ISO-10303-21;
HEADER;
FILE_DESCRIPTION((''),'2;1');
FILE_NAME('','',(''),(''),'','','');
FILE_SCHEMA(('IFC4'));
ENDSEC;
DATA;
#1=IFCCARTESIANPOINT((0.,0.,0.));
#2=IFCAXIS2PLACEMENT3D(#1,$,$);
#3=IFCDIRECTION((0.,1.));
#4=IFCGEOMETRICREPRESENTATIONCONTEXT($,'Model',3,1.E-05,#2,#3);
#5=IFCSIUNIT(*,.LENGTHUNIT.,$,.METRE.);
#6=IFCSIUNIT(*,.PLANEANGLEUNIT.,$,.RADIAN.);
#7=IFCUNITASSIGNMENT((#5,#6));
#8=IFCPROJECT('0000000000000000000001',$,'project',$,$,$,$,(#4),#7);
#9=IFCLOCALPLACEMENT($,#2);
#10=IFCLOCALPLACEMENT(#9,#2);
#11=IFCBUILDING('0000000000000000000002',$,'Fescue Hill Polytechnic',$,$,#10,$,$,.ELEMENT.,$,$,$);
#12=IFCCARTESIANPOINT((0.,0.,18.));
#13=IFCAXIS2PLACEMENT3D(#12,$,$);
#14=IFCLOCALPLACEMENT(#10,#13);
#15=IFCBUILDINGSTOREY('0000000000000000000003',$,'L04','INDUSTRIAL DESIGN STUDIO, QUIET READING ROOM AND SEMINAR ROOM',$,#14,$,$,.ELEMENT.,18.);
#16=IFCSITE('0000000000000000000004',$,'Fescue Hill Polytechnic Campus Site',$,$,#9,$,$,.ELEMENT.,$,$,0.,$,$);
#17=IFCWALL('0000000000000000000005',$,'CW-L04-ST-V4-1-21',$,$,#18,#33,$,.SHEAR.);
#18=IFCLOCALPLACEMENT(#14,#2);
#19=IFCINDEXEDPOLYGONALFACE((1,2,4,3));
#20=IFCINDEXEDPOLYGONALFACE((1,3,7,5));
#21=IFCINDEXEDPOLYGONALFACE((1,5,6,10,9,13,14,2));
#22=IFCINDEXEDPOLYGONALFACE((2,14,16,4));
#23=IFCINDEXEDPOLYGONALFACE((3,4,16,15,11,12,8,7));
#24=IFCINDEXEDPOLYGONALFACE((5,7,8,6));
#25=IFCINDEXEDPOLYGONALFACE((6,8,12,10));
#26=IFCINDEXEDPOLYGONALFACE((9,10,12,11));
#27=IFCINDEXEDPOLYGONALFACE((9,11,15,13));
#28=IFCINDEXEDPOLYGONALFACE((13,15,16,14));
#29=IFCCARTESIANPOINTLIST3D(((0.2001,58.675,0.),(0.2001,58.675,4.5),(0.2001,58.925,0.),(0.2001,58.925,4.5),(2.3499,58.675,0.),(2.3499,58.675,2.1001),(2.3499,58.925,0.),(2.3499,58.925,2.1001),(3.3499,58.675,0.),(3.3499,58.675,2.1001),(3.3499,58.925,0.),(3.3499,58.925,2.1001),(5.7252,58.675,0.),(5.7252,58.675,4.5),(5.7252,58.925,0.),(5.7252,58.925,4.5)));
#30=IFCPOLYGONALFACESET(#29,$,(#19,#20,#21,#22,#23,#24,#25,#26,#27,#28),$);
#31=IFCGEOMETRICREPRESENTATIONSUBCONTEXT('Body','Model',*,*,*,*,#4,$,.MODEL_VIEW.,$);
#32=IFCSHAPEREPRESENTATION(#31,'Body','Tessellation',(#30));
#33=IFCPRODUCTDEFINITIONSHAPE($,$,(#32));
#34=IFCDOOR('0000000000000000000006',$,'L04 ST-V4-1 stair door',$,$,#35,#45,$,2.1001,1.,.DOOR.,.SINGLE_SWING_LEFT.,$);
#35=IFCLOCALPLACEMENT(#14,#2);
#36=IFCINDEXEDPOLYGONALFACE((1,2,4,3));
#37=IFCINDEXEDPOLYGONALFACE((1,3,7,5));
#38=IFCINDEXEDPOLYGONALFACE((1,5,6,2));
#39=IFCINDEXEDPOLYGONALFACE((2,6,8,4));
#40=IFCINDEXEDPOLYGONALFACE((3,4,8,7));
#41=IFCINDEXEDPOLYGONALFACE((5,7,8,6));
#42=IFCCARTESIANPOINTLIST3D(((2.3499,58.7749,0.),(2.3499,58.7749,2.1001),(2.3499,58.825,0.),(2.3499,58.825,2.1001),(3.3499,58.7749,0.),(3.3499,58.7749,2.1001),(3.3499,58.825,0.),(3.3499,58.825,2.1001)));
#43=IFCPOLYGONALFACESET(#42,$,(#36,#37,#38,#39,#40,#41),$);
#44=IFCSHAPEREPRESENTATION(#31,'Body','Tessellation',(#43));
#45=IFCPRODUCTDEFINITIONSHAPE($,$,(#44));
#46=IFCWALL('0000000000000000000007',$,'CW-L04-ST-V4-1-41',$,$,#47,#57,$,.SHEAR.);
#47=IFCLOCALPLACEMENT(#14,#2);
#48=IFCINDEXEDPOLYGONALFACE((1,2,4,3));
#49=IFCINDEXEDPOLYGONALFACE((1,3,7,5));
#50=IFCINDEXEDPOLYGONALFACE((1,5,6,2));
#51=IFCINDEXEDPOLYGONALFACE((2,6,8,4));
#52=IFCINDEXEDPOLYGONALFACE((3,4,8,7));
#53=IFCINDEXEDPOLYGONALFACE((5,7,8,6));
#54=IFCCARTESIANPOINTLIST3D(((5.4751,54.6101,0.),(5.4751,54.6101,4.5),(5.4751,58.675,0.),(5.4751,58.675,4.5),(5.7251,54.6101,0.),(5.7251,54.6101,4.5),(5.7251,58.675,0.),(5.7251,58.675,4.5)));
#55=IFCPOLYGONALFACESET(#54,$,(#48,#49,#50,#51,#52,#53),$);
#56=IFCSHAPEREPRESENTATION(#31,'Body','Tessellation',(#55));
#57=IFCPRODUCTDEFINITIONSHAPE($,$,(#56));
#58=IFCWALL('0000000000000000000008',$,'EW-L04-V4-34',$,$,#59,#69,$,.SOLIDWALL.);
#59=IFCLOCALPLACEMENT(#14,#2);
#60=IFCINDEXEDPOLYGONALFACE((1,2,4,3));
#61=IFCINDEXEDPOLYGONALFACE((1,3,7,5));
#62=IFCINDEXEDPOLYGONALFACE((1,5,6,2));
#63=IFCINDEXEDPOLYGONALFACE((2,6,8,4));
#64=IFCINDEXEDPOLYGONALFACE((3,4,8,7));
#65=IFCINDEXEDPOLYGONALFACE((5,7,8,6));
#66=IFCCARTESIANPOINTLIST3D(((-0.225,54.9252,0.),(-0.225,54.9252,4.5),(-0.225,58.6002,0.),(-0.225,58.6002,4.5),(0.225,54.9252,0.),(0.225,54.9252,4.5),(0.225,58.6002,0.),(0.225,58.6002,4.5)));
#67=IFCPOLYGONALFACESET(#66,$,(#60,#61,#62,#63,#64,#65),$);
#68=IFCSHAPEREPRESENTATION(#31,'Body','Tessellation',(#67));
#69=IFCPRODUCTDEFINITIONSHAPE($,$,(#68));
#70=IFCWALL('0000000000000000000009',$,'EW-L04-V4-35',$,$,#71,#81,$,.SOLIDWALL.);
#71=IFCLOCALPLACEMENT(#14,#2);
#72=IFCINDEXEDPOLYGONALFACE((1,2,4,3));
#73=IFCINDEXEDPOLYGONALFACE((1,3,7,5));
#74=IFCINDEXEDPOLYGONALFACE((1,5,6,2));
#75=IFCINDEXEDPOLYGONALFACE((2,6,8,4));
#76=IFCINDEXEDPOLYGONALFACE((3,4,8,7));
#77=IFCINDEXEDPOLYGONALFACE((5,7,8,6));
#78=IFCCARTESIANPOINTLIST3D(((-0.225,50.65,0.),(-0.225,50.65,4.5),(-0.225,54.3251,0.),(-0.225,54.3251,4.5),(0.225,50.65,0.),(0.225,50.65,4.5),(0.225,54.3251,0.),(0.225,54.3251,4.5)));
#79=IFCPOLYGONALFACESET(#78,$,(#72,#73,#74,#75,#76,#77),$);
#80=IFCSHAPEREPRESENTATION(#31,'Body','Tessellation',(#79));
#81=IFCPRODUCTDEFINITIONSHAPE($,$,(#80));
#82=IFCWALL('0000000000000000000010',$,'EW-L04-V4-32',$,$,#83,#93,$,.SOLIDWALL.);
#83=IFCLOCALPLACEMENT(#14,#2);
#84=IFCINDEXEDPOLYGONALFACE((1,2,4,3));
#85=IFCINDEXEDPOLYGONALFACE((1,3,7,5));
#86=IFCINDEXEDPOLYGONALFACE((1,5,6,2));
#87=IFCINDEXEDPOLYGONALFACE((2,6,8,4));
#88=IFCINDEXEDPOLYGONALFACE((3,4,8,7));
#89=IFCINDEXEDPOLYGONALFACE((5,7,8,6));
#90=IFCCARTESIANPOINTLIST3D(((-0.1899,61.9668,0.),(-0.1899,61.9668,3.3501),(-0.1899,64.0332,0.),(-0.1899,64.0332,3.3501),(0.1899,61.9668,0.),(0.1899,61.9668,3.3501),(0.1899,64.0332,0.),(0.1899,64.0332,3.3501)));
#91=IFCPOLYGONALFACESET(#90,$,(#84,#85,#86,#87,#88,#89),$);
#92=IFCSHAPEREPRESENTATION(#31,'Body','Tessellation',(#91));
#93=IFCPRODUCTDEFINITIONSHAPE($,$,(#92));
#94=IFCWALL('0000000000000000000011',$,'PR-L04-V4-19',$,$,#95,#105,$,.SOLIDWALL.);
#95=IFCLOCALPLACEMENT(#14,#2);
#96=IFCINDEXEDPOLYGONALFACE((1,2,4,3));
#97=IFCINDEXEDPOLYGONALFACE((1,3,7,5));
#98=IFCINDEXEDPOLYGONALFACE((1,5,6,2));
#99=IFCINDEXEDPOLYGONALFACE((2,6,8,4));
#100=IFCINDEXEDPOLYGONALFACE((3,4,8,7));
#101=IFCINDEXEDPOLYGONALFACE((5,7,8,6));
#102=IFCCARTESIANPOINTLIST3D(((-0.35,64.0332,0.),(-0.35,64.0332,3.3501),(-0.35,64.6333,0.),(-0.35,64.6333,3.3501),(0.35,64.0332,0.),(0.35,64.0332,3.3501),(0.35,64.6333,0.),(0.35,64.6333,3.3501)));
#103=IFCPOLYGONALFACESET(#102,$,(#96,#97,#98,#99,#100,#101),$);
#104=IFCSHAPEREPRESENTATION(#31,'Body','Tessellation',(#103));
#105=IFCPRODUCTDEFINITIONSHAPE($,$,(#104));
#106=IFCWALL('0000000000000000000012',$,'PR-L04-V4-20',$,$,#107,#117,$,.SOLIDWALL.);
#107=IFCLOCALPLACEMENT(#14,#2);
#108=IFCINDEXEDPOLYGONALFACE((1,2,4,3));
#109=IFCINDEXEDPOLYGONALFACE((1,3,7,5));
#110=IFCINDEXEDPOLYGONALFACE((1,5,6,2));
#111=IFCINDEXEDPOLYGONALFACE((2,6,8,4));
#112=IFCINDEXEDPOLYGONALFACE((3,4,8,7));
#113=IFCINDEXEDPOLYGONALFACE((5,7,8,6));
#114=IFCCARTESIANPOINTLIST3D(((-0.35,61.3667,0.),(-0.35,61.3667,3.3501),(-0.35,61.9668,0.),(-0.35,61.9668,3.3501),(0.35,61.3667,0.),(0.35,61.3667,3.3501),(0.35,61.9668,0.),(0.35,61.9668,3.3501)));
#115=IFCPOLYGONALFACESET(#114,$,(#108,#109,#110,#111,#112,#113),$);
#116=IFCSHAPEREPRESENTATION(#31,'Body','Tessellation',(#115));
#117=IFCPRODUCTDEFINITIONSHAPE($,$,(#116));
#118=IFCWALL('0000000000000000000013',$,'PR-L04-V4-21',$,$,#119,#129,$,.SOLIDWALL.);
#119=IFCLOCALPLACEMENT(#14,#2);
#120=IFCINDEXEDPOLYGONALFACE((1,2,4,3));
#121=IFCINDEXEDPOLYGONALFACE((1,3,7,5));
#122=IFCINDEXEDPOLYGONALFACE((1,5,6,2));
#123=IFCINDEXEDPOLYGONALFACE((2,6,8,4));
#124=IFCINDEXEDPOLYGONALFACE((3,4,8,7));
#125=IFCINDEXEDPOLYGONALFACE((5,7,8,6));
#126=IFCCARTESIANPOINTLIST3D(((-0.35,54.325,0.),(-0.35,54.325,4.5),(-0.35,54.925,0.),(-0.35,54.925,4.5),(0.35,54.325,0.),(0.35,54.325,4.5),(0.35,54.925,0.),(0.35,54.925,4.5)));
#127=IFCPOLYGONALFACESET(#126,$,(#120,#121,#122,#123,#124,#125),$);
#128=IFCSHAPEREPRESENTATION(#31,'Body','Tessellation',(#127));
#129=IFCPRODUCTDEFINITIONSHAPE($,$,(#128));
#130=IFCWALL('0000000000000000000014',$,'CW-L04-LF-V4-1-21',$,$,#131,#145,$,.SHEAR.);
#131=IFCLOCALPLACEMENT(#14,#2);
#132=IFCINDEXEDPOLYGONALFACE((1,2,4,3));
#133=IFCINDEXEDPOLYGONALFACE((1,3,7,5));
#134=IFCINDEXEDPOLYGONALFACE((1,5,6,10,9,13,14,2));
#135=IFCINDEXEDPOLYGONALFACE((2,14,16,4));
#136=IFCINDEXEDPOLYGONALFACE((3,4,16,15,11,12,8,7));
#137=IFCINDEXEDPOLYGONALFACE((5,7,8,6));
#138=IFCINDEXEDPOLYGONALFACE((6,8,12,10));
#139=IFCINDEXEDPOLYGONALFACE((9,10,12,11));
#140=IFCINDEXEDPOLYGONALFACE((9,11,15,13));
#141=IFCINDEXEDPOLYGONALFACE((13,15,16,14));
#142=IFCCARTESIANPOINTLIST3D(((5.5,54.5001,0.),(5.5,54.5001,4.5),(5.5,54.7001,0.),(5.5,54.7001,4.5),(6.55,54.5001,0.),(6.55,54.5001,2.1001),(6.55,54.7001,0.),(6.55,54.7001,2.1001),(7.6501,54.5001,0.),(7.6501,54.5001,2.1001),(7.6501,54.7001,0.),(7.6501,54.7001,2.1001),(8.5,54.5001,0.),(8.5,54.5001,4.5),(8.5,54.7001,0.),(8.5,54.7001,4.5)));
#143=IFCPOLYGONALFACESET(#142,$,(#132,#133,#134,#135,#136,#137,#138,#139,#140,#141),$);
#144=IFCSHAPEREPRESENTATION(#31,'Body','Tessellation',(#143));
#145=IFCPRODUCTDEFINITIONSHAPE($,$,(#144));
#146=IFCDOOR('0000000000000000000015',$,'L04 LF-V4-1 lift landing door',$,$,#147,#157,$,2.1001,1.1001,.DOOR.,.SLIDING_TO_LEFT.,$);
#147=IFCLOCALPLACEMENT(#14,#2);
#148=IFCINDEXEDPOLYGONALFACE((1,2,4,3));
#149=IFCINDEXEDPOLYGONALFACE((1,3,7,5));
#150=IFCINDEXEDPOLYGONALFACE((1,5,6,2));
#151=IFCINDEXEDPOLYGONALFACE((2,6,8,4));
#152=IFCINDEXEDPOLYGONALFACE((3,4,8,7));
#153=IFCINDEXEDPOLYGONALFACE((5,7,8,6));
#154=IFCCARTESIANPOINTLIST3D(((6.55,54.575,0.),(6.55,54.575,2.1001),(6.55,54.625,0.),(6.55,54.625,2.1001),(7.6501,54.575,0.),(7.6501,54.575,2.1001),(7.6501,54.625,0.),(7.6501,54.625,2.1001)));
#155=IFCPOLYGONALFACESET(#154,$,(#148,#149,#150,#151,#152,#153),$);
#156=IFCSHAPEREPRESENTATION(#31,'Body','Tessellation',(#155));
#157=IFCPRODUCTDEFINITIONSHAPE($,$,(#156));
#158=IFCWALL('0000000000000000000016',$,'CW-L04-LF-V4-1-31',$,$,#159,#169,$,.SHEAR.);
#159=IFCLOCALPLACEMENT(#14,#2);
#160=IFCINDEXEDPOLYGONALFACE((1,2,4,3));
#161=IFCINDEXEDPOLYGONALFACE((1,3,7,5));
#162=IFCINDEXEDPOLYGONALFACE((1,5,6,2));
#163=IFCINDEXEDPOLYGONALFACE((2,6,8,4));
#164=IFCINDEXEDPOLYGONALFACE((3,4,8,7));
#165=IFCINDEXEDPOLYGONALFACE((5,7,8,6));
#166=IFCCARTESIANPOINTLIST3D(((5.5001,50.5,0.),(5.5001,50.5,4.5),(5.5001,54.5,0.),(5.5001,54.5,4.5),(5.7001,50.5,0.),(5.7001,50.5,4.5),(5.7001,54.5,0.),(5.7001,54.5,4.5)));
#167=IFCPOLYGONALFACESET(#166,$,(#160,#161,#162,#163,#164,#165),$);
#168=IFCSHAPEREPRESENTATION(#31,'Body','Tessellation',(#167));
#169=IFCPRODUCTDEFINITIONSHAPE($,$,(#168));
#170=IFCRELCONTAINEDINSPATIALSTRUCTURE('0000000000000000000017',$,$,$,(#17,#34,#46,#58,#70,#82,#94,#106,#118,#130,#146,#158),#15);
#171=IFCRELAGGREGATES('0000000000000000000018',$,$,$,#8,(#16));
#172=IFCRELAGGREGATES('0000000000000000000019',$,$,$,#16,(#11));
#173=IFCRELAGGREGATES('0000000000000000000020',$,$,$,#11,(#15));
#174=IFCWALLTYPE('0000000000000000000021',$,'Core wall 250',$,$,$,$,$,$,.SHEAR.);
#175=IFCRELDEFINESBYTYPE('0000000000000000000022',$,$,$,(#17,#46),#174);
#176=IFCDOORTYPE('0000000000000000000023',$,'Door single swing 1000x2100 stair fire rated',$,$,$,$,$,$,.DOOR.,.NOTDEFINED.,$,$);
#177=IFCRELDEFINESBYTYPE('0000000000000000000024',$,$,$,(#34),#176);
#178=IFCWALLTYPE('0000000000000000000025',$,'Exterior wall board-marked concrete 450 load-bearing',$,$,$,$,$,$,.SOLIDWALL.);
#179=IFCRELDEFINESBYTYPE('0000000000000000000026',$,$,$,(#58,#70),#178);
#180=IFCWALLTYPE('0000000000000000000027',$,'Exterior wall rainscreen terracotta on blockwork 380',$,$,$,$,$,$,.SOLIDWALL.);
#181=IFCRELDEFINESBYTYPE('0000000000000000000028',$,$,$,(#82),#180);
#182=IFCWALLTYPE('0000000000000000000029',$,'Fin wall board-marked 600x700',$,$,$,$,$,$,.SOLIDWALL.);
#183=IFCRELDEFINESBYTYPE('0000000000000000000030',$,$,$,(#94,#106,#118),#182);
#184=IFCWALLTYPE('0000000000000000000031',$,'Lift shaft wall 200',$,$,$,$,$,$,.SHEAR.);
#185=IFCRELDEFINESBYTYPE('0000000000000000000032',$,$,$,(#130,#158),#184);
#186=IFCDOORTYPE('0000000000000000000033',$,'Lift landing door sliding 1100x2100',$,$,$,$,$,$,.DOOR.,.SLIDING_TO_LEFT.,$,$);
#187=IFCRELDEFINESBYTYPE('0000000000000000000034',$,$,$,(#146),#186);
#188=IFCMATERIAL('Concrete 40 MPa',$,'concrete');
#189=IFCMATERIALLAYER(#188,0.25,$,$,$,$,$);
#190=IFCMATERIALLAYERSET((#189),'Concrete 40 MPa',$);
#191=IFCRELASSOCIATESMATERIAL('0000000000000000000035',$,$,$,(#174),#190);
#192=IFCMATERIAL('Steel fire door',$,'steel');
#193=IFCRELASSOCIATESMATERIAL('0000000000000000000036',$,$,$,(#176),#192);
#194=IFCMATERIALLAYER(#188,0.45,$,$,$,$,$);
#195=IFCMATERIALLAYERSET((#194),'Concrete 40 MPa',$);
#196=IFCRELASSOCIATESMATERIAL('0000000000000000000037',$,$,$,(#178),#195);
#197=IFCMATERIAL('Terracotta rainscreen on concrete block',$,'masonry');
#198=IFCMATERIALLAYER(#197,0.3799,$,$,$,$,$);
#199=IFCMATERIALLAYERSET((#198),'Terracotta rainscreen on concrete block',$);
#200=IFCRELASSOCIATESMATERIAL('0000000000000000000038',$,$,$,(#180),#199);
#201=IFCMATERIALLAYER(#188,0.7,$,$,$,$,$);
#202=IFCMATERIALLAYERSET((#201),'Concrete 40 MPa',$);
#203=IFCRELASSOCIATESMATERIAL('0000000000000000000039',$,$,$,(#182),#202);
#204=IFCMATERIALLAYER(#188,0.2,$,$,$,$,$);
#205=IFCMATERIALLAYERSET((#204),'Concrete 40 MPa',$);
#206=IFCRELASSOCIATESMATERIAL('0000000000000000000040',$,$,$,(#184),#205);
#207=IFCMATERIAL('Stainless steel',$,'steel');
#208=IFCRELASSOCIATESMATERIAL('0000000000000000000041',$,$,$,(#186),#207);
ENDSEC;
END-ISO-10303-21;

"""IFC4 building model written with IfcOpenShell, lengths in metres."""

from ifc_helpers import new_model, si_unit, direction, frame, frame_2d, origin, place, context, subcontext, project, spatial, rectangle, extrude, material, layer, layer_set, type_object, element, fill, save


model = new_model("IFC4")

# Units and contexts
model_context = context("Model", 3, precision=1e-05, world=origin(), true_north=direction((0.0, 1.0)))
body_context = subcontext(model_context, "Body", "Model", "MODEL_VIEW")
ifc_project = project(units=[si_unit("LENGTHUNIT", "METRE"), si_unit("PLANEANGLEUNIT", "RADIAN")], contexts=[model_context])

# Site, building, storey
site_placement = place(None, origin())
site = spatial("IfcSite", under=ifc_project, at=site_placement, Name="Fescue Hill Polytechnic Campus Site", CompositionType="ELEMENT", RefElevation=0.0)
building_placement = place(site_placement, origin())
building = spatial("IfcBuilding", under=site, at=building_placement, Name="Fescue Hill Polytechnic", CompositionType="ELEMENT")
storey_placement = place(building_placement, frame((0.0, 0.0, 18.0)))
storey = spatial("IfcBuildingStorey", under=building, at=storey_placement, Name="L04", Description="INDUSTRIAL DESIGN STUDIO, QUIET READING ROOM AND SEMINAR ROOM", CompositionType="ELEMENT", Elevation=18.0)

# Shared definitions
ifc_material_1 = material(Name="Concrete 40 MPa", Category="concrete")

# Wall, opening, door
ifc_layer_1 = layer(ifc_material_1, 0.25)
ifc_layer_set_1 = layer_set([ifc_layer_1], Name="Concrete 40 MPa")
wall_type_1 = type_object("IfcWallType", Name="Core wall 250", PredefinedType="SHEAR", material=ifc_layer_set_1)
wall_1_placement = place(storey_placement, frame((0.2, 58.8, 0.0), z_axis=(0.0, 0.0, 1.0), x_axis=(1.0, 0.0, 0.0)))
wall_1 = element("IfcWall", 1, at=wall_1_placement, inside=storey, type_object=wall_type_1, Name="CW-L04-ST-V4-1-21", PredefinedType="SHEAR", context=body_context, shape_type="SweptSolid", body=[
    extrude(rectangle(XDim=5.5251, YDim=0.25, at=frame_2d((2.7627, 0.0))), origin(), (0.0, 0.0, 1.0), 4.5),
])
opening_1_placement = place(wall_1_placement, frame((2.1499, 0.0, 0.0)))
opening_1 = element("IfcOpeningElement", 2, at=opening_1_placement, cuts=wall_1, PredefinedType="OPENING", context=body_context, shape_type="SweptSolid", body=[
    extrude(rectangle(XDim=1.0, YDim=2.1001, at=frame_2d((0.5, 1.05))), frame((0.0, 0.135, 0.0), z_axis=(0.0, -1.0, 0.0), x_axis=(1.0, 0.0, 0.0)), (0.0, 0.0, 1.0), 0.27),
])
ifc_material_2 = material(Name="Steel fire door", Category="steel")
door_type_1 = type_object("IfcDoorType", Name="Door single swing 1000x2100 stair fire rated", OperationType="NOTDEFINED", PredefinedType="DOOR", material=ifc_material_2)
door_1_placement = place(opening_1_placement, origin())
door_1 = element("IfcDoor", 3, at=door_1_placement, inside=storey, type_object=door_type_1, Name="L04 ST-V4-1 stair door", OperationType="SINGLE_SWING_LEFT", OverallHeight=2.1001, OverallWidth=1.0, PredefinedType="DOOR", context=body_context, shape_type="SweptSolid", body=[
    extrude(rectangle(XDim=1.0, YDim=2.1001, at=frame_2d((0.5, 1.05))), frame((0.0, 0.0249, 0.0), z_axis=(0.0, -1.0, 0.0), x_axis=(1.0, 0.0, 0.0)), (0.0, 0.0, 1.0), 0.05),
])
fill(opening_1, door_1)

# Walls
wall_2_placement = place(storey_placement, frame((5.6001, 54.6101, 0.0), z_axis=(0.0, 0.0, 1.0), x_axis=(0.0, 1.0, 0.0)))
element("IfcWall", 4, at=wall_2_placement, inside=storey, type_object=wall_type_1, Name="CW-L04-ST-V4-1-41", PredefinedType="SHEAR", context=body_context, shape_type="SweptSolid", body=[
    extrude(rectangle(XDim=4.0649, YDim=0.25, at=frame_2d((2.0325, 0.0))), origin(), (0.0, 0.0, 1.0), 4.5),
])
ifc_layer_2 = layer(ifc_material_1, 0.45)
ifc_layer_set_2 = layer_set([ifc_layer_2], Name="Concrete 40 MPa")
wall_type_2 = type_object("IfcWallType", Name="Exterior wall board-marked concrete 450 load-bearing", PredefinedType="SOLIDWALL", material=ifc_layer_set_2)
for number, where, z_axis, x_axis, name in (
    (5, (0.0, 58.6001, 0.0), (0.0, 0.0, 1.0), (0.0, -1.0, 0.0), "EW-L04-V4-34"),
    (6, (0.0, 54.325, 0.0), (0.0, 0.0, 1.0), (0.0, -1.0, 0.0), "EW-L04-V4-35"),
):
    element("IfcWall", number, at=place(storey_placement, frame(where, z_axis=z_axis, x_axis=x_axis)), inside=storey, type_object=wall_type_2, Name=name, PredefinedType="SOLIDWALL", context=body_context, shape_type="SweptSolid", body=[
        extrude(rectangle(XDim=3.675, YDim=0.45, at=frame_2d((1.8374, 0.0))), origin(), (0.0, 0.0, 1.0), 4.5),
    ])
ifc_material_3 = material(Name="Terracotta rainscreen on concrete block", Category="masonry")
ifc_layer_3 = layer(ifc_material_3, 0.3799)
ifc_layer_set_3 = layer_set([ifc_layer_3], Name="Terracotta rainscreen on concrete block")
wall_type_3 = type_object("IfcWallType", Name="Exterior wall rainscreen terracotta on blockwork 380", PredefinedType="SOLIDWALL", material=ifc_layer_set_3)
wall_3_placement = place(storey_placement, frame((0.0, 64.0332, 0.0), z_axis=(0.0, 0.0, 1.0), x_axis=(0.0, -1.0, 0.0)))
element("IfcWall", 7, at=wall_3_placement, inside=storey, type_object=wall_type_3, Name="EW-L04-V4-32", PredefinedType="SOLIDWALL", context=body_context, shape_type="SweptSolid", body=[
    extrude(rectangle(XDim=2.0664, YDim=0.3799, at=frame_2d((1.0332, 0.0))), origin(), (0.0, 0.0, 1.0), 3.3501),
])
ifc_layer_4 = layer(ifc_material_1, 0.7)
ifc_layer_set_4 = layer_set([ifc_layer_4], Name="Concrete 40 MPa")
wall_type_4 = type_object("IfcWallType", Name="Fin wall board-marked 600x700", PredefinedType="SOLIDWALL", material=ifc_layer_set_4)
for number, where, z_axis, x_axis, name in (
    (8, (0.0, 64.6333, 0.0), (0.0, 0.0, 1.0), (0.0, -1.0, 0.0), "PR-L04-V4-19"),
    (9, (0.0, 61.9668, 0.0), (0.0, 0.0, 1.0), (0.0, -1.0, 0.0), "PR-L04-V4-20"),
):
    element("IfcWall", number, at=place(storey_placement, frame(where, z_axis=z_axis, x_axis=x_axis)), inside=storey, type_object=wall_type_4, Name=name, PredefinedType="SOLIDWALL", context=body_context, shape_type="SweptSolid", body=[
        extrude(rectangle(XDim=0.6001, YDim=0.7, at=frame_2d((0.3, 0.0))), origin(), (0.0, 0.0, 1.0), 3.3501),
    ])
wall_4_placement = place(storey_placement, frame((0.0, 54.925, 0.0), z_axis=(0.0, 0.0, 1.0), x_axis=(0.0, -1.0, 0.0)))
element("IfcWall", 10, at=wall_4_placement, inside=storey, type_object=wall_type_4, Name="PR-L04-V4-21", PredefinedType="SOLIDWALL", context=body_context, shape_type="SweptSolid", body=[
    extrude(rectangle(XDim=0.6001, YDim=0.7, at=frame_2d((0.3, 0.0))), origin(), (0.0, 0.0, 1.0), 4.5),
])

# Wall, opening, door
ifc_layer_5 = layer(ifc_material_1, 0.2)
ifc_layer_set_5 = layer_set([ifc_layer_5], Name="Concrete 40 MPa")
wall_type_5 = type_object("IfcWallType", Name="Lift shaft wall 200", PredefinedType="SHEAR", material=ifc_layer_set_5)
wall_5_placement = place(storey_placement, frame((5.5, 54.6001, 0.0), z_axis=(0.0, 0.0, 1.0), x_axis=(1.0, 0.0, 0.0)))
wall_5 = element("IfcWall", 11, at=wall_5_placement, inside=storey, type_object=wall_type_5, Name="CW-L04-LF-V4-1-21", PredefinedType="SHEAR", context=body_context, shape_type="SweptSolid", body=[
    extrude(rectangle(XDim=3.0, YDim=0.2, at=frame_2d((1.5, 0.0))), origin(), (0.0, 0.0, 1.0), 4.5),
])
opening_2_placement = place(wall_5_placement, frame((1.05, 0.0, 0.0)))
opening_2 = element("IfcOpeningElement", 12, at=opening_2_placement, cuts=wall_5, PredefinedType="OPENING", context=body_context, shape_type="SweptSolid", body=[
    extrude(rectangle(XDim=1.1001, YDim=2.1001, at=frame_2d((0.55, 1.05))), frame((0.0, 0.1099, 0.0), z_axis=(0.0, -1.0, 0.0), x_axis=(1.0, 0.0, 0.0)), (0.0, 0.0, 1.0), 0.22),
])
ifc_material_4 = material(Name="Stainless steel", Category="steel")
door_type_2 = type_object("IfcDoorType", Name="Lift landing door sliding 1100x2100", OperationType="SLIDING_TO_LEFT", PredefinedType="DOOR", material=ifc_material_4)
door_2_placement = place(opening_2_placement, origin())
door_2 = element("IfcDoor", 13, at=door_2_placement, inside=storey, type_object=door_type_2, Name="L04 LF-V4-1 lift landing door", OperationType="SLIDING_TO_LEFT", OverallHeight=2.1001, OverallWidth=1.1001, PredefinedType="DOOR", context=body_context, shape_type="SweptSolid", body=[
    extrude(rectangle(XDim=1.1001, YDim=2.1001, at=frame_2d((0.55, 1.05))), frame((0.0, 0.0249, 0.0), z_axis=(0.0, -1.0, 0.0), x_axis=(1.0, 0.0, 0.0)), (0.0, 0.0, 1.0), 0.05),
])
fill(opening_2, door_2)

# Wall
wall_6_placement = place(storey_placement, frame((5.6001, 50.5, 0.0), z_axis=(0.0, 0.0, 1.0), x_axis=(0.0, 1.0, 0.0)))
element("IfcWall", 14, at=wall_6_placement, inside=storey, type_object=wall_type_5, Name="CW-L04-LF-V4-1-31", PredefinedType="SHEAR", context=body_context, shape_type="SweptSolid", body=[
    extrude(rectangle(XDim=4.0, YDim=0.2, at=frame_2d((2.0, 0.0))), origin(), (0.0, 0.0, 1.0), 4.5),
])

save(model, "model.ifc")
